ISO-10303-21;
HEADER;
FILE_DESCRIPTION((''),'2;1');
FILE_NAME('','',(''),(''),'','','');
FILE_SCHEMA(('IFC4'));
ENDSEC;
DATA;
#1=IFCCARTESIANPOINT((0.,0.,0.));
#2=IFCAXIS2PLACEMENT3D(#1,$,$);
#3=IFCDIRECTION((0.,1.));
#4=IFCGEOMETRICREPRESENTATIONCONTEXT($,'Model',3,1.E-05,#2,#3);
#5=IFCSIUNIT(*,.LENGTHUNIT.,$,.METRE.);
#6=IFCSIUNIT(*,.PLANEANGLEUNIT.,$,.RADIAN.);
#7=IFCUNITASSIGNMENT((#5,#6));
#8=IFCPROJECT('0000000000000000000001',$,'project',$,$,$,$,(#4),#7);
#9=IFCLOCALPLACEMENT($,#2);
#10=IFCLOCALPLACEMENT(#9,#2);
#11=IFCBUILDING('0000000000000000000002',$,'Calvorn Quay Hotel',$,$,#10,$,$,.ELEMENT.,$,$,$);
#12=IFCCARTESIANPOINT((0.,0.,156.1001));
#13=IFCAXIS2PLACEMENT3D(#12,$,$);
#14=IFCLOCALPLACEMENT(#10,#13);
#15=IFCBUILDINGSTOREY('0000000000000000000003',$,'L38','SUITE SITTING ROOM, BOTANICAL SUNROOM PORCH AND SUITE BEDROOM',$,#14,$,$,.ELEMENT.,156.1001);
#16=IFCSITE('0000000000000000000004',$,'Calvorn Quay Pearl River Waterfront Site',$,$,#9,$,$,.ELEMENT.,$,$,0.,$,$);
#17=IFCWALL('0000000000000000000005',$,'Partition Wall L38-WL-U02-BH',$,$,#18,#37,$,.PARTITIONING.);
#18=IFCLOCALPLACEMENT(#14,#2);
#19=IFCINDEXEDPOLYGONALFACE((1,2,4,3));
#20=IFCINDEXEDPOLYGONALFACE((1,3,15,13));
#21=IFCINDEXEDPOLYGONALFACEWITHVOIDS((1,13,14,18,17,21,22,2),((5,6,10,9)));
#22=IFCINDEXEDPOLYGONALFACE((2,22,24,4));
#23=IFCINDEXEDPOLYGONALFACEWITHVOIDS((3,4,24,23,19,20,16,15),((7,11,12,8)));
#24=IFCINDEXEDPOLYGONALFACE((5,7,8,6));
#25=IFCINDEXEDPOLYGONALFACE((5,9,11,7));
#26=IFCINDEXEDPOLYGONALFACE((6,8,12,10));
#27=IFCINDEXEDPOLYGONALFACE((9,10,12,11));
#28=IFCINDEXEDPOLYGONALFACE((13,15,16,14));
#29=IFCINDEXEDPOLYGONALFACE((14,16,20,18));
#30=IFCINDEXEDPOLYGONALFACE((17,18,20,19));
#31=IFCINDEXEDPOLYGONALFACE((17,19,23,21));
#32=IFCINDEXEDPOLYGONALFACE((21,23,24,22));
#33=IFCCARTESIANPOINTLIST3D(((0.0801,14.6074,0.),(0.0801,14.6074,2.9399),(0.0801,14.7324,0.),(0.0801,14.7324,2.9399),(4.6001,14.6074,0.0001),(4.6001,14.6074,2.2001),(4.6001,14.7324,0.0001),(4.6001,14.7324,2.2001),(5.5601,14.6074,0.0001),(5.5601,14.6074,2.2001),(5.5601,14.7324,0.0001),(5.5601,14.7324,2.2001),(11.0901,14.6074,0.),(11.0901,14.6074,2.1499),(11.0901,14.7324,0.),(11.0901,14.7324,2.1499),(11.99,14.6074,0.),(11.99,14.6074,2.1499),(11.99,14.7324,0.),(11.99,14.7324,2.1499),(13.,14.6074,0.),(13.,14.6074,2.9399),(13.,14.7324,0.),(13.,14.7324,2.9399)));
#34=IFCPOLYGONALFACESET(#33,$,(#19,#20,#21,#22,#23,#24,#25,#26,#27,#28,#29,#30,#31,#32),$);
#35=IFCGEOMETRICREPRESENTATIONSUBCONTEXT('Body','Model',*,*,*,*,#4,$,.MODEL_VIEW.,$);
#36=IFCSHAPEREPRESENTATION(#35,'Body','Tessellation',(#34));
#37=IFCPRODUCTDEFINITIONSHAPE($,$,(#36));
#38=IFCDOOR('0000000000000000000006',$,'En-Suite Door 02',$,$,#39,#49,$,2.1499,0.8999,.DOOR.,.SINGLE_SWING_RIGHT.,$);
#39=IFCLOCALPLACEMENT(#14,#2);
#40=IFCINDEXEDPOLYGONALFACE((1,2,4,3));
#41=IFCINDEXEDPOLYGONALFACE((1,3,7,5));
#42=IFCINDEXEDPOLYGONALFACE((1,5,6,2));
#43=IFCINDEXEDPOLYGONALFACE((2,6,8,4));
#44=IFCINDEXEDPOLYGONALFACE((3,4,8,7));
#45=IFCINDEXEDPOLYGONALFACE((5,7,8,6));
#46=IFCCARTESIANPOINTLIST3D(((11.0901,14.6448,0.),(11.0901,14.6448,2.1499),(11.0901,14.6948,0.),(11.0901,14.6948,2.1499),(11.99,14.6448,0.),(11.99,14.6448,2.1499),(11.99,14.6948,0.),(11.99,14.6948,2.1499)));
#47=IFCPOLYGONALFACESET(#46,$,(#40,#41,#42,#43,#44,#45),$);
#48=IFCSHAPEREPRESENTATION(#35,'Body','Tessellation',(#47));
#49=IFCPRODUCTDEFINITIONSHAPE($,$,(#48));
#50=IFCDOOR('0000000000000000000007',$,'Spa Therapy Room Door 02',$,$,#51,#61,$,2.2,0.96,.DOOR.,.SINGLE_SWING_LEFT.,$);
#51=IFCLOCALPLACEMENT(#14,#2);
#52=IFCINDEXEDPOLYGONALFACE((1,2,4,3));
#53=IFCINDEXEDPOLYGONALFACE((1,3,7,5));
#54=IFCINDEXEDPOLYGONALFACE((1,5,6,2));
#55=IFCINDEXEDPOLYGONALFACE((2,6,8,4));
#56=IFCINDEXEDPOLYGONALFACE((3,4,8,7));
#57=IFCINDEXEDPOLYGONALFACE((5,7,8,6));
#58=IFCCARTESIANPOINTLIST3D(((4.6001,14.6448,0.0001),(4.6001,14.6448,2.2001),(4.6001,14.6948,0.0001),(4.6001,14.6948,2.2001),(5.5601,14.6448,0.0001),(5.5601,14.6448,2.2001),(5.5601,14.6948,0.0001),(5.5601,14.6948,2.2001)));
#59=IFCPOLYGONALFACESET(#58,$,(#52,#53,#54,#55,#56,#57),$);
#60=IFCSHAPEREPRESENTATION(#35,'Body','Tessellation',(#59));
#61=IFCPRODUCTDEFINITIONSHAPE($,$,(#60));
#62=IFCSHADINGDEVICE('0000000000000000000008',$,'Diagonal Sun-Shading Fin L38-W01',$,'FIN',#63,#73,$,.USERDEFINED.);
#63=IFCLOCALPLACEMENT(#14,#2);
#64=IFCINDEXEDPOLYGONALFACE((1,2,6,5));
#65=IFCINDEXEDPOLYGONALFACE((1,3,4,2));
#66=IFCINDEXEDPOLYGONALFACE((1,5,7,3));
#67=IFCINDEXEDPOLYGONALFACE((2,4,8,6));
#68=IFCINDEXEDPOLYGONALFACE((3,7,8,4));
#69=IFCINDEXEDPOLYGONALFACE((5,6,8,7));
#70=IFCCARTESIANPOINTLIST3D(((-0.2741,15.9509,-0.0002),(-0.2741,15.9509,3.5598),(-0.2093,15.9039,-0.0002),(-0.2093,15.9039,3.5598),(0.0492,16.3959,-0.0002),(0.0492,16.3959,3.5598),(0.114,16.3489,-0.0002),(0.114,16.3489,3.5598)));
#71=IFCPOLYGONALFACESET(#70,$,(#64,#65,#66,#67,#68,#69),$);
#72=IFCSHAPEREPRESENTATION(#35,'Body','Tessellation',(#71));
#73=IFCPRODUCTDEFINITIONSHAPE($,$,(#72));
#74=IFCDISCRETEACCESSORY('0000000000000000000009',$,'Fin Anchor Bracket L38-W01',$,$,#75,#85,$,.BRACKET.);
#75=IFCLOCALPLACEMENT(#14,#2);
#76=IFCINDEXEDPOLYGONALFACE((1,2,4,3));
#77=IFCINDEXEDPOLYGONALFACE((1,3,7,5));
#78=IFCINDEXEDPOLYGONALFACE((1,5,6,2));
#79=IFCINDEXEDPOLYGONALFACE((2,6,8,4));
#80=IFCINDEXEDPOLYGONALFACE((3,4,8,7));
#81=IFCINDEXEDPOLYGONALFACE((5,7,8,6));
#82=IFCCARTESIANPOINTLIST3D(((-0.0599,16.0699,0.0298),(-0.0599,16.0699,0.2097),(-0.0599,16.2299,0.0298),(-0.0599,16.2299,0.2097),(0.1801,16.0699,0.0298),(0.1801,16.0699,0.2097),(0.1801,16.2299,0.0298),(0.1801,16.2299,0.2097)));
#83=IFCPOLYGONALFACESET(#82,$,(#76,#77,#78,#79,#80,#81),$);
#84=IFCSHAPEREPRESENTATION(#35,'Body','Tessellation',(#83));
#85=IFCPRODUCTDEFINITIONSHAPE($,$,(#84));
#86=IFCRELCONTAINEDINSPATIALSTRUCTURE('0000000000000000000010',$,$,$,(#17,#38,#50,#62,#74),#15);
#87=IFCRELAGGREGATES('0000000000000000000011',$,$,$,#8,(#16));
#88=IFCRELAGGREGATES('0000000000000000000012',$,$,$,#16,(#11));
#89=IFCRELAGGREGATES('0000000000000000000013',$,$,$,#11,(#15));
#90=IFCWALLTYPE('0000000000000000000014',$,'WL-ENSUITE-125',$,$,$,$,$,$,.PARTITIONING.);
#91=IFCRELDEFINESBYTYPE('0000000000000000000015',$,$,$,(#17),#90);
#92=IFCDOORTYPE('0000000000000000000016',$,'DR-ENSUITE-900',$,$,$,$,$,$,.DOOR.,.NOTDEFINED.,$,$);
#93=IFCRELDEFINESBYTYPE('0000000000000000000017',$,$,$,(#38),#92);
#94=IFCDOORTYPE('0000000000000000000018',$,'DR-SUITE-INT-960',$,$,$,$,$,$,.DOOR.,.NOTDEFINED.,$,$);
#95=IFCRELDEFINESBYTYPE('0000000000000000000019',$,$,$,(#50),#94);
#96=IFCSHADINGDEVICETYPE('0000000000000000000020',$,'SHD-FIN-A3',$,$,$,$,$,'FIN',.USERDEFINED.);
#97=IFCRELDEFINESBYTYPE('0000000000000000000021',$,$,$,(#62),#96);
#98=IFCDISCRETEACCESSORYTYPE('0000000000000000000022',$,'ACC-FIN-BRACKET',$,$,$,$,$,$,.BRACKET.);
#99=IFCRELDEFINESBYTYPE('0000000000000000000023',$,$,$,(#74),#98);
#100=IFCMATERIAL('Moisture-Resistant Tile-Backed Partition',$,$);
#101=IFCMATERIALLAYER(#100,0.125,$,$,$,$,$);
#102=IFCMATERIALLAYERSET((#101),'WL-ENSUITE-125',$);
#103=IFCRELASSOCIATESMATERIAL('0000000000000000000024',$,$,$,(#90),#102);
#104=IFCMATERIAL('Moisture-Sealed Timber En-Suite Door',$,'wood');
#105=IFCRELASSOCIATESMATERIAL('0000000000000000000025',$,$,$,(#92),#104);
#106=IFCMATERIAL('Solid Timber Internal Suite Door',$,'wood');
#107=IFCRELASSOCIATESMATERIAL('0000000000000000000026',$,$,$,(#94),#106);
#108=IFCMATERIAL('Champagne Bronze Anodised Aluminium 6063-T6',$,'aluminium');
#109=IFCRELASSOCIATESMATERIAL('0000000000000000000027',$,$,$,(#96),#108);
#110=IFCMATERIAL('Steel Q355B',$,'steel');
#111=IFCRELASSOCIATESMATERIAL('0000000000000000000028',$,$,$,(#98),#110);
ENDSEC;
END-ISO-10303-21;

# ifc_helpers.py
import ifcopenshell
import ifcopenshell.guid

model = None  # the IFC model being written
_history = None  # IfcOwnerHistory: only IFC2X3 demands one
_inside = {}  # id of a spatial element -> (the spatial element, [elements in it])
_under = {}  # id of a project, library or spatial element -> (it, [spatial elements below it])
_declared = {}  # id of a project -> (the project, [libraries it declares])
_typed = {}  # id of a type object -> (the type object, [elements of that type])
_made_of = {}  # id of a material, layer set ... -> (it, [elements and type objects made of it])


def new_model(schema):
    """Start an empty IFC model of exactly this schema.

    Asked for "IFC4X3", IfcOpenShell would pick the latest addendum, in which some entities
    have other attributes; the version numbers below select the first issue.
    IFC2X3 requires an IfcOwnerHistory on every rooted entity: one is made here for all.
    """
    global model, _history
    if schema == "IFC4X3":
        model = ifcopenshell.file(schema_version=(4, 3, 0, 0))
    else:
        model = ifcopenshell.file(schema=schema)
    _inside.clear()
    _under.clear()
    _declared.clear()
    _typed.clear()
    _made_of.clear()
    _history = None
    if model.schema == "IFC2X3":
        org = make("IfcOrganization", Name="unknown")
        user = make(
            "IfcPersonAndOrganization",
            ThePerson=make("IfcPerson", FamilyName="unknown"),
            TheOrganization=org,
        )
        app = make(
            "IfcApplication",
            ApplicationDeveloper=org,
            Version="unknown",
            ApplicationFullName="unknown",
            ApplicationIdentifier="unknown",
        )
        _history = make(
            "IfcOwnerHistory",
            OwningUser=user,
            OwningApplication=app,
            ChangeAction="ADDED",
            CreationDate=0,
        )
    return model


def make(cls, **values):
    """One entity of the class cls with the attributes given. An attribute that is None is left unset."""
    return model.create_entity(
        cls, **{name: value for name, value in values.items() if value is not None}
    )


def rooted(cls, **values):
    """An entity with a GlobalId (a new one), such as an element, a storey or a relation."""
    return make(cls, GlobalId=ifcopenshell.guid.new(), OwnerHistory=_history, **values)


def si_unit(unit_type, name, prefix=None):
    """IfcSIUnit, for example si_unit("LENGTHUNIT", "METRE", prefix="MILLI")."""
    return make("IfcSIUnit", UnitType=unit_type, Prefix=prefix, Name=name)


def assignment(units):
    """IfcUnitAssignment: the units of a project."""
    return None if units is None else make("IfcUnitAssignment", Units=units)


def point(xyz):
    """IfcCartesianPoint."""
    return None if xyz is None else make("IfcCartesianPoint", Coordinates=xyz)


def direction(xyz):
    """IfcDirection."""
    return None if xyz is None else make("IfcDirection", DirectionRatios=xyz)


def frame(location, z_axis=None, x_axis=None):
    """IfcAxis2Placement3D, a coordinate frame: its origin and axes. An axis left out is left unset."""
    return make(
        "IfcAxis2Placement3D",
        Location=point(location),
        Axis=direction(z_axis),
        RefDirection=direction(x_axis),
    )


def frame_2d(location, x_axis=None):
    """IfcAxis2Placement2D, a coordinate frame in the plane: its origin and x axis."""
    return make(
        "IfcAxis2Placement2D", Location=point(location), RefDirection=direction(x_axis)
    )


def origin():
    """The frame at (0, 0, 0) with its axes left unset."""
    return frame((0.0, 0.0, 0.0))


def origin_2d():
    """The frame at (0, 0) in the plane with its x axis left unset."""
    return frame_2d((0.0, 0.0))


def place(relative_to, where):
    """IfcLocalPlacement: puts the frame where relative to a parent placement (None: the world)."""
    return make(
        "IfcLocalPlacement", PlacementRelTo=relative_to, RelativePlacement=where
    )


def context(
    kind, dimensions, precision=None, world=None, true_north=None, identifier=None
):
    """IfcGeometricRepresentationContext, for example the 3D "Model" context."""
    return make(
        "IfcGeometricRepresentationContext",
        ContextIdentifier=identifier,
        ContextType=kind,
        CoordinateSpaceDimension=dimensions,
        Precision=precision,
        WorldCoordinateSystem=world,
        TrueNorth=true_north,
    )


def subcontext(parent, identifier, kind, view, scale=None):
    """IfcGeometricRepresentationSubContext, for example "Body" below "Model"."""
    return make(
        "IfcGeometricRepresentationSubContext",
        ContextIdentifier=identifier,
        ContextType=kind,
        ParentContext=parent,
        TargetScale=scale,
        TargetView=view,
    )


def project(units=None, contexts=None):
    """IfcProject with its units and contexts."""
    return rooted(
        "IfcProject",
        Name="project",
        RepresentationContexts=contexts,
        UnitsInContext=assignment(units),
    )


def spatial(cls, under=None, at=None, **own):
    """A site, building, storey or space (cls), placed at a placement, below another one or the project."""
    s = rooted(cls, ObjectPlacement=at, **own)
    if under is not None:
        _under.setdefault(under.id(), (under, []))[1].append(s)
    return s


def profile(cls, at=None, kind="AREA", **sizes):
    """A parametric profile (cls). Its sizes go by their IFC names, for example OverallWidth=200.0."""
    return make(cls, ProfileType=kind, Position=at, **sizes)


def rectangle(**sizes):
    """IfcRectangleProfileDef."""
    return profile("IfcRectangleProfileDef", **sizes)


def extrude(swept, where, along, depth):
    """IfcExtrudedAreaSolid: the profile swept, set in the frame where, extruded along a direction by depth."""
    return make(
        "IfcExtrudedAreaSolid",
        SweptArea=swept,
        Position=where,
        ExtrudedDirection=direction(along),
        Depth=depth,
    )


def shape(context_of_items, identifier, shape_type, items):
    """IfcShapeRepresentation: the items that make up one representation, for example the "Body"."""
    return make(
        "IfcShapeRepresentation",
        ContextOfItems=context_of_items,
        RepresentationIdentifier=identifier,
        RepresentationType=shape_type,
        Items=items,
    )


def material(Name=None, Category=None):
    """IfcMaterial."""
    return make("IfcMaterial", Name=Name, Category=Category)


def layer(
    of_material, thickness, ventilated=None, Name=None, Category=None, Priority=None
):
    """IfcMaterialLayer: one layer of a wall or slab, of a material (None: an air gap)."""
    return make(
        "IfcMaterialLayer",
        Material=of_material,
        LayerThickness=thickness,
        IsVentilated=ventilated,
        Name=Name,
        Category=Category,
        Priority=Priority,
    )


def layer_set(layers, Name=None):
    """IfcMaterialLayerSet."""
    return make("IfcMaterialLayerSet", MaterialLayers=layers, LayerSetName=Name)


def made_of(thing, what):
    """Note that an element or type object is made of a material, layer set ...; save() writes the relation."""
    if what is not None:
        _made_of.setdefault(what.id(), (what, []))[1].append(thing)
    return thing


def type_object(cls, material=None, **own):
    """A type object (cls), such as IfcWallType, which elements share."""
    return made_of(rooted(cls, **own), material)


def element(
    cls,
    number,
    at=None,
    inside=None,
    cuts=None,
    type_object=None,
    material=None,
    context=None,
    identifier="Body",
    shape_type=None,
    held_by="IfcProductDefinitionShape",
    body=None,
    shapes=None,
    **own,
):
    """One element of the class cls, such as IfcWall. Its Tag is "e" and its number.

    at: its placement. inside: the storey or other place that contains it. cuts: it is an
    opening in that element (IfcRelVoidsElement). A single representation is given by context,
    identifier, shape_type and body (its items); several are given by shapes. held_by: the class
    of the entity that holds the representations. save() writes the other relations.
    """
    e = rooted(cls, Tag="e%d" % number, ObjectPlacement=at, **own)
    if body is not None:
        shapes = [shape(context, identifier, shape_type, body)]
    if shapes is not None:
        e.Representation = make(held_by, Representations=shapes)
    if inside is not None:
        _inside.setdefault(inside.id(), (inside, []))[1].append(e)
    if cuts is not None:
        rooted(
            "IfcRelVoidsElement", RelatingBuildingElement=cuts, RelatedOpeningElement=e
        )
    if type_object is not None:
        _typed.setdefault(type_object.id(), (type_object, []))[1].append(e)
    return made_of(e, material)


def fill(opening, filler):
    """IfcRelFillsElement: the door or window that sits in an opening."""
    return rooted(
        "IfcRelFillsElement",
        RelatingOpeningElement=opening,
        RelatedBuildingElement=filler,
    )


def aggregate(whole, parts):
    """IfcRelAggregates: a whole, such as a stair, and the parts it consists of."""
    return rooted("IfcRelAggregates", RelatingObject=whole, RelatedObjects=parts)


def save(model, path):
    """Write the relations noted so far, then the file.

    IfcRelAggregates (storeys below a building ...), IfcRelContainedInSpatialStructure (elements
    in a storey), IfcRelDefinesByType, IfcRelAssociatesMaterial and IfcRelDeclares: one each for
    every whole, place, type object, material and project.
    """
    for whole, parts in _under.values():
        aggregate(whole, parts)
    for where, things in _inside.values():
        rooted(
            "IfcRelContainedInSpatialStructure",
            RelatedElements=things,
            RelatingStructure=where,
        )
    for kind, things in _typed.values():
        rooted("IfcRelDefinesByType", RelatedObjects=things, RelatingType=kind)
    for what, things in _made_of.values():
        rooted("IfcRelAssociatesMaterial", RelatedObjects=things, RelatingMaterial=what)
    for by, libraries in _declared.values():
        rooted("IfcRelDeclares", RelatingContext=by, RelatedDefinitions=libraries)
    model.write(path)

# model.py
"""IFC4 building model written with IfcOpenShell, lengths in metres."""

from ifc_helpers import new_model, si_unit, direction, frame, frame_2d, origin, origin_2d, place, context, subcontext, project, spatial, rectangle, extrude, material, layer, layer_set, type_object, element, fill, save


model = new_model("IFC4")

# Units and contexts
model_context = context("Model", 3, precision=1e-05, world=origin(), true_north=direction((0.0, 1.0)))
body_context = subcontext(model_context, "Body", "Model", "MODEL_VIEW")
ifc_project = project(units=[si_unit("LENGTHUNIT", "METRE"), si_unit("PLANEANGLEUNIT", "RADIAN")], contexts=[model_context])

# Site, building, storey
site_placement = place(None, origin())
site = spatial("IfcSite", under=ifc_project, at=site_placement, Name="Calvorn Quay Pearl River Waterfront Site", CompositionType="ELEMENT", RefElevation=0.0)
building_placement = place(site_placement, origin())
building = spatial("IfcBuilding", under=site, at=building_placement, Name="Calvorn Quay Hotel", CompositionType="ELEMENT")
storey_placement = place(building_placement, frame((0.0, 0.0, 156.1001)))
storey = spatial("IfcBuildingStorey", under=building, at=storey_placement, Name="L38", Description="SUITE SITTING ROOM, BOTANICAL SUNROOM PORCH AND SUITE BEDROOM", CompositionType="ELEMENT", Elevation=156.1001)

# Wall, openings, doors
ifc_material_1 = material(Name="Moisture-Resistant Tile-Backed Partition")
ifc_layer_1 = layer(ifc_material_1, 0.125)
ifc_layer_set_1 = layer_set([ifc_layer_1], Name="WL-ENSUITE-125")
wall_type_1 = type_object("IfcWallType", Name="WL-ENSUITE-125", PredefinedType="PARTITIONING", material=ifc_layer_set_1)
wall_1_placement = place(storey_placement, frame((0.0801, 14.6699, 0.0), z_axis=(0.0, 0.0, 1.0), x_axis=(1.0, 0.0, 0.0)))
wall_1 = element("IfcWall", 1, at=wall_1_placement, inside=storey, type_object=wall_type_1, Name="Partition Wall L38-WL-U02-BH", PredefinedType="PARTITIONING", context=body_context, shape_type="SweptSolid", body=[
    extrude(rectangle(XDim=12.9199, YDim=0.125, at=frame_2d((6.46, 0.0))), origin(), (0.0, 0.0, 1.0), 2.9399),
])
opening_1_placement = place(wall_1_placement, frame((4.52, 0.0, 0.0)))
opening_1 = element("IfcOpeningElement", 2, at=opening_1_placement, cuts=wall_1, PredefinedType="OPENING", context=body_context, shape_type="SweptSolid", body=[
    extrude(rectangle(XDim=0.96, YDim=2.2, at=frame_2d((0.48, 1.1001))), frame((0.0, 0.0725, 0.0), z_axis=(0.0, -1.0, 0.0), x_axis=(1.0, 0.0, 0.0)), (0.0, 0.0, 1.0), 0.145),
])
opening_2_placement = place(wall_1_placement, frame((11.01, 0.0, 0.0)))
opening_2 = element("IfcOpeningElement", 3, at=opening_2_placement, cuts=wall_1, PredefinedType="OPENING", context=body_context, shape_type="SweptSolid", body=[
    extrude(rectangle(XDim=0.8999, YDim=2.1499, at=frame_2d((0.45, 1.075))), frame((0.0, 0.0725, 0.0), z_axis=(0.0, -1.0, 0.0), x_axis=(1.0, 0.0, 0.0)), (0.0, 0.0, 1.0), 0.145),
])
ifc_material_2 = material(Name="Moisture-Sealed Timber En-Suite Door", Category="wood")
door_type_1 = type_object("IfcDoorType", Name="DR-ENSUITE-900", OperationType="NOTDEFINED", PredefinedType="DOOR", material=ifc_material_2)
door_1_placement = place(opening_2_placement, origin())
door_1 = element("IfcDoor", 4, at=door_1_placement, inside=storey, type_object=door_type_1, Name="En-Suite Door 02", OperationType="SINGLE_SWING_RIGHT", OverallHeight=2.1499, OverallWidth=0.8999, PredefinedType="DOOR", context=body_context, shape_type="SweptSolid", body=[
    extrude(rectangle(XDim=0.8999, YDim=2.1499, at=frame_2d((0.45, 1.075))), frame((0.0, 0.0249, 0.0), z_axis=(0.0, -1.0, 0.0), x_axis=(1.0, 0.0, 0.0)), (0.0, 0.0, 1.0), 0.05),
])
fill(opening_2, door_1)
ifc_material_3 = material(Name="Solid Timber Internal Suite Door", Category="wood")
door_type_2 = type_object("IfcDoorType", Name="DR-SUITE-INT-960", OperationType="NOTDEFINED", PredefinedType="DOOR", material=ifc_material_3)
door_2_placement = place(opening_1_placement, origin())
door_2 = element("IfcDoor", 5, at=door_2_placement, inside=storey, type_object=door_type_2, Name="Spa Therapy Room Door 02", OperationType="SINGLE_SWING_LEFT", OverallHeight=2.2, OverallWidth=0.96, PredefinedType="DOOR", context=body_context, shape_type="SweptSolid", body=[
    extrude(rectangle(XDim=0.96, YDim=2.2, at=frame_2d((0.48, 1.1001))), frame((0.0, 0.0249, 0.0), z_axis=(0.0, -1.0, 0.0), x_axis=(1.0, 0.0, 0.0)), (0.0, 0.0, 1.0), 0.05),
])
fill(opening_1, door_2)

# Shading device
ifc_material_4 = material(Name="Champagne Bronze Anodised Aluminium 6063-T6", Category="aluminium")
shading_device_type = type_object("IfcShadingDeviceType", Name="SHD-FIN-A3", ElementType="FIN", PredefinedType="USERDEFINED", material=ifc_material_4)
shading_device_placement = place(storey_placement, frame((-0.0801, 16.1499, -0.0002), z_axis=(0.0, 0.0, 1.0), x_axis=(0.587785, 0.809017, 0.0)))
element("IfcShadingDevice", 6, at=shading_device_placement, inside=storey, type_object=shading_device_type, Name="Diagonal Sun-Shading Fin L38-W01", ObjectType="FIN", PredefinedType="USERDEFINED", context=body_context, shape_type="SweptSolid", body=[
    extrude(rectangle(XDim=0.55, YDim=0.0801, at=origin_2d()), origin(), (0.0, 0.0, 1.0), 3.5601),
])

# Discrete accessory
ifc_material_5 = material(Name="Steel Q355B", Category="steel")
discrete_accessory_type = type_object("IfcDiscreteAccessoryType", Name="ACC-FIN-BRACKET", PredefinedType="BRACKET", material=ifc_material_5)
discrete_accessory_placement = place(storey_placement, frame((0.0601, 16.1499, 0.0298), z_axis=(0.0, 0.0, 1.0), x_axis=(1.0, 0.0, 0.0)))
element("IfcDiscreteAccessory", 7, at=discrete_accessory_placement, inside=storey, type_object=discrete_accessory_type, Name="Fin Anchor Bracket L38-W01", PredefinedType="BRACKET", context=body_context, shape_type="SweptSolid", body=[
    extrude(rectangle(XDim=0.24, YDim=0.1599, at=origin_2d()), origin(), (0.0, 0.0, 1.0), 0.1799),
])

save(model, "model.ifc")
